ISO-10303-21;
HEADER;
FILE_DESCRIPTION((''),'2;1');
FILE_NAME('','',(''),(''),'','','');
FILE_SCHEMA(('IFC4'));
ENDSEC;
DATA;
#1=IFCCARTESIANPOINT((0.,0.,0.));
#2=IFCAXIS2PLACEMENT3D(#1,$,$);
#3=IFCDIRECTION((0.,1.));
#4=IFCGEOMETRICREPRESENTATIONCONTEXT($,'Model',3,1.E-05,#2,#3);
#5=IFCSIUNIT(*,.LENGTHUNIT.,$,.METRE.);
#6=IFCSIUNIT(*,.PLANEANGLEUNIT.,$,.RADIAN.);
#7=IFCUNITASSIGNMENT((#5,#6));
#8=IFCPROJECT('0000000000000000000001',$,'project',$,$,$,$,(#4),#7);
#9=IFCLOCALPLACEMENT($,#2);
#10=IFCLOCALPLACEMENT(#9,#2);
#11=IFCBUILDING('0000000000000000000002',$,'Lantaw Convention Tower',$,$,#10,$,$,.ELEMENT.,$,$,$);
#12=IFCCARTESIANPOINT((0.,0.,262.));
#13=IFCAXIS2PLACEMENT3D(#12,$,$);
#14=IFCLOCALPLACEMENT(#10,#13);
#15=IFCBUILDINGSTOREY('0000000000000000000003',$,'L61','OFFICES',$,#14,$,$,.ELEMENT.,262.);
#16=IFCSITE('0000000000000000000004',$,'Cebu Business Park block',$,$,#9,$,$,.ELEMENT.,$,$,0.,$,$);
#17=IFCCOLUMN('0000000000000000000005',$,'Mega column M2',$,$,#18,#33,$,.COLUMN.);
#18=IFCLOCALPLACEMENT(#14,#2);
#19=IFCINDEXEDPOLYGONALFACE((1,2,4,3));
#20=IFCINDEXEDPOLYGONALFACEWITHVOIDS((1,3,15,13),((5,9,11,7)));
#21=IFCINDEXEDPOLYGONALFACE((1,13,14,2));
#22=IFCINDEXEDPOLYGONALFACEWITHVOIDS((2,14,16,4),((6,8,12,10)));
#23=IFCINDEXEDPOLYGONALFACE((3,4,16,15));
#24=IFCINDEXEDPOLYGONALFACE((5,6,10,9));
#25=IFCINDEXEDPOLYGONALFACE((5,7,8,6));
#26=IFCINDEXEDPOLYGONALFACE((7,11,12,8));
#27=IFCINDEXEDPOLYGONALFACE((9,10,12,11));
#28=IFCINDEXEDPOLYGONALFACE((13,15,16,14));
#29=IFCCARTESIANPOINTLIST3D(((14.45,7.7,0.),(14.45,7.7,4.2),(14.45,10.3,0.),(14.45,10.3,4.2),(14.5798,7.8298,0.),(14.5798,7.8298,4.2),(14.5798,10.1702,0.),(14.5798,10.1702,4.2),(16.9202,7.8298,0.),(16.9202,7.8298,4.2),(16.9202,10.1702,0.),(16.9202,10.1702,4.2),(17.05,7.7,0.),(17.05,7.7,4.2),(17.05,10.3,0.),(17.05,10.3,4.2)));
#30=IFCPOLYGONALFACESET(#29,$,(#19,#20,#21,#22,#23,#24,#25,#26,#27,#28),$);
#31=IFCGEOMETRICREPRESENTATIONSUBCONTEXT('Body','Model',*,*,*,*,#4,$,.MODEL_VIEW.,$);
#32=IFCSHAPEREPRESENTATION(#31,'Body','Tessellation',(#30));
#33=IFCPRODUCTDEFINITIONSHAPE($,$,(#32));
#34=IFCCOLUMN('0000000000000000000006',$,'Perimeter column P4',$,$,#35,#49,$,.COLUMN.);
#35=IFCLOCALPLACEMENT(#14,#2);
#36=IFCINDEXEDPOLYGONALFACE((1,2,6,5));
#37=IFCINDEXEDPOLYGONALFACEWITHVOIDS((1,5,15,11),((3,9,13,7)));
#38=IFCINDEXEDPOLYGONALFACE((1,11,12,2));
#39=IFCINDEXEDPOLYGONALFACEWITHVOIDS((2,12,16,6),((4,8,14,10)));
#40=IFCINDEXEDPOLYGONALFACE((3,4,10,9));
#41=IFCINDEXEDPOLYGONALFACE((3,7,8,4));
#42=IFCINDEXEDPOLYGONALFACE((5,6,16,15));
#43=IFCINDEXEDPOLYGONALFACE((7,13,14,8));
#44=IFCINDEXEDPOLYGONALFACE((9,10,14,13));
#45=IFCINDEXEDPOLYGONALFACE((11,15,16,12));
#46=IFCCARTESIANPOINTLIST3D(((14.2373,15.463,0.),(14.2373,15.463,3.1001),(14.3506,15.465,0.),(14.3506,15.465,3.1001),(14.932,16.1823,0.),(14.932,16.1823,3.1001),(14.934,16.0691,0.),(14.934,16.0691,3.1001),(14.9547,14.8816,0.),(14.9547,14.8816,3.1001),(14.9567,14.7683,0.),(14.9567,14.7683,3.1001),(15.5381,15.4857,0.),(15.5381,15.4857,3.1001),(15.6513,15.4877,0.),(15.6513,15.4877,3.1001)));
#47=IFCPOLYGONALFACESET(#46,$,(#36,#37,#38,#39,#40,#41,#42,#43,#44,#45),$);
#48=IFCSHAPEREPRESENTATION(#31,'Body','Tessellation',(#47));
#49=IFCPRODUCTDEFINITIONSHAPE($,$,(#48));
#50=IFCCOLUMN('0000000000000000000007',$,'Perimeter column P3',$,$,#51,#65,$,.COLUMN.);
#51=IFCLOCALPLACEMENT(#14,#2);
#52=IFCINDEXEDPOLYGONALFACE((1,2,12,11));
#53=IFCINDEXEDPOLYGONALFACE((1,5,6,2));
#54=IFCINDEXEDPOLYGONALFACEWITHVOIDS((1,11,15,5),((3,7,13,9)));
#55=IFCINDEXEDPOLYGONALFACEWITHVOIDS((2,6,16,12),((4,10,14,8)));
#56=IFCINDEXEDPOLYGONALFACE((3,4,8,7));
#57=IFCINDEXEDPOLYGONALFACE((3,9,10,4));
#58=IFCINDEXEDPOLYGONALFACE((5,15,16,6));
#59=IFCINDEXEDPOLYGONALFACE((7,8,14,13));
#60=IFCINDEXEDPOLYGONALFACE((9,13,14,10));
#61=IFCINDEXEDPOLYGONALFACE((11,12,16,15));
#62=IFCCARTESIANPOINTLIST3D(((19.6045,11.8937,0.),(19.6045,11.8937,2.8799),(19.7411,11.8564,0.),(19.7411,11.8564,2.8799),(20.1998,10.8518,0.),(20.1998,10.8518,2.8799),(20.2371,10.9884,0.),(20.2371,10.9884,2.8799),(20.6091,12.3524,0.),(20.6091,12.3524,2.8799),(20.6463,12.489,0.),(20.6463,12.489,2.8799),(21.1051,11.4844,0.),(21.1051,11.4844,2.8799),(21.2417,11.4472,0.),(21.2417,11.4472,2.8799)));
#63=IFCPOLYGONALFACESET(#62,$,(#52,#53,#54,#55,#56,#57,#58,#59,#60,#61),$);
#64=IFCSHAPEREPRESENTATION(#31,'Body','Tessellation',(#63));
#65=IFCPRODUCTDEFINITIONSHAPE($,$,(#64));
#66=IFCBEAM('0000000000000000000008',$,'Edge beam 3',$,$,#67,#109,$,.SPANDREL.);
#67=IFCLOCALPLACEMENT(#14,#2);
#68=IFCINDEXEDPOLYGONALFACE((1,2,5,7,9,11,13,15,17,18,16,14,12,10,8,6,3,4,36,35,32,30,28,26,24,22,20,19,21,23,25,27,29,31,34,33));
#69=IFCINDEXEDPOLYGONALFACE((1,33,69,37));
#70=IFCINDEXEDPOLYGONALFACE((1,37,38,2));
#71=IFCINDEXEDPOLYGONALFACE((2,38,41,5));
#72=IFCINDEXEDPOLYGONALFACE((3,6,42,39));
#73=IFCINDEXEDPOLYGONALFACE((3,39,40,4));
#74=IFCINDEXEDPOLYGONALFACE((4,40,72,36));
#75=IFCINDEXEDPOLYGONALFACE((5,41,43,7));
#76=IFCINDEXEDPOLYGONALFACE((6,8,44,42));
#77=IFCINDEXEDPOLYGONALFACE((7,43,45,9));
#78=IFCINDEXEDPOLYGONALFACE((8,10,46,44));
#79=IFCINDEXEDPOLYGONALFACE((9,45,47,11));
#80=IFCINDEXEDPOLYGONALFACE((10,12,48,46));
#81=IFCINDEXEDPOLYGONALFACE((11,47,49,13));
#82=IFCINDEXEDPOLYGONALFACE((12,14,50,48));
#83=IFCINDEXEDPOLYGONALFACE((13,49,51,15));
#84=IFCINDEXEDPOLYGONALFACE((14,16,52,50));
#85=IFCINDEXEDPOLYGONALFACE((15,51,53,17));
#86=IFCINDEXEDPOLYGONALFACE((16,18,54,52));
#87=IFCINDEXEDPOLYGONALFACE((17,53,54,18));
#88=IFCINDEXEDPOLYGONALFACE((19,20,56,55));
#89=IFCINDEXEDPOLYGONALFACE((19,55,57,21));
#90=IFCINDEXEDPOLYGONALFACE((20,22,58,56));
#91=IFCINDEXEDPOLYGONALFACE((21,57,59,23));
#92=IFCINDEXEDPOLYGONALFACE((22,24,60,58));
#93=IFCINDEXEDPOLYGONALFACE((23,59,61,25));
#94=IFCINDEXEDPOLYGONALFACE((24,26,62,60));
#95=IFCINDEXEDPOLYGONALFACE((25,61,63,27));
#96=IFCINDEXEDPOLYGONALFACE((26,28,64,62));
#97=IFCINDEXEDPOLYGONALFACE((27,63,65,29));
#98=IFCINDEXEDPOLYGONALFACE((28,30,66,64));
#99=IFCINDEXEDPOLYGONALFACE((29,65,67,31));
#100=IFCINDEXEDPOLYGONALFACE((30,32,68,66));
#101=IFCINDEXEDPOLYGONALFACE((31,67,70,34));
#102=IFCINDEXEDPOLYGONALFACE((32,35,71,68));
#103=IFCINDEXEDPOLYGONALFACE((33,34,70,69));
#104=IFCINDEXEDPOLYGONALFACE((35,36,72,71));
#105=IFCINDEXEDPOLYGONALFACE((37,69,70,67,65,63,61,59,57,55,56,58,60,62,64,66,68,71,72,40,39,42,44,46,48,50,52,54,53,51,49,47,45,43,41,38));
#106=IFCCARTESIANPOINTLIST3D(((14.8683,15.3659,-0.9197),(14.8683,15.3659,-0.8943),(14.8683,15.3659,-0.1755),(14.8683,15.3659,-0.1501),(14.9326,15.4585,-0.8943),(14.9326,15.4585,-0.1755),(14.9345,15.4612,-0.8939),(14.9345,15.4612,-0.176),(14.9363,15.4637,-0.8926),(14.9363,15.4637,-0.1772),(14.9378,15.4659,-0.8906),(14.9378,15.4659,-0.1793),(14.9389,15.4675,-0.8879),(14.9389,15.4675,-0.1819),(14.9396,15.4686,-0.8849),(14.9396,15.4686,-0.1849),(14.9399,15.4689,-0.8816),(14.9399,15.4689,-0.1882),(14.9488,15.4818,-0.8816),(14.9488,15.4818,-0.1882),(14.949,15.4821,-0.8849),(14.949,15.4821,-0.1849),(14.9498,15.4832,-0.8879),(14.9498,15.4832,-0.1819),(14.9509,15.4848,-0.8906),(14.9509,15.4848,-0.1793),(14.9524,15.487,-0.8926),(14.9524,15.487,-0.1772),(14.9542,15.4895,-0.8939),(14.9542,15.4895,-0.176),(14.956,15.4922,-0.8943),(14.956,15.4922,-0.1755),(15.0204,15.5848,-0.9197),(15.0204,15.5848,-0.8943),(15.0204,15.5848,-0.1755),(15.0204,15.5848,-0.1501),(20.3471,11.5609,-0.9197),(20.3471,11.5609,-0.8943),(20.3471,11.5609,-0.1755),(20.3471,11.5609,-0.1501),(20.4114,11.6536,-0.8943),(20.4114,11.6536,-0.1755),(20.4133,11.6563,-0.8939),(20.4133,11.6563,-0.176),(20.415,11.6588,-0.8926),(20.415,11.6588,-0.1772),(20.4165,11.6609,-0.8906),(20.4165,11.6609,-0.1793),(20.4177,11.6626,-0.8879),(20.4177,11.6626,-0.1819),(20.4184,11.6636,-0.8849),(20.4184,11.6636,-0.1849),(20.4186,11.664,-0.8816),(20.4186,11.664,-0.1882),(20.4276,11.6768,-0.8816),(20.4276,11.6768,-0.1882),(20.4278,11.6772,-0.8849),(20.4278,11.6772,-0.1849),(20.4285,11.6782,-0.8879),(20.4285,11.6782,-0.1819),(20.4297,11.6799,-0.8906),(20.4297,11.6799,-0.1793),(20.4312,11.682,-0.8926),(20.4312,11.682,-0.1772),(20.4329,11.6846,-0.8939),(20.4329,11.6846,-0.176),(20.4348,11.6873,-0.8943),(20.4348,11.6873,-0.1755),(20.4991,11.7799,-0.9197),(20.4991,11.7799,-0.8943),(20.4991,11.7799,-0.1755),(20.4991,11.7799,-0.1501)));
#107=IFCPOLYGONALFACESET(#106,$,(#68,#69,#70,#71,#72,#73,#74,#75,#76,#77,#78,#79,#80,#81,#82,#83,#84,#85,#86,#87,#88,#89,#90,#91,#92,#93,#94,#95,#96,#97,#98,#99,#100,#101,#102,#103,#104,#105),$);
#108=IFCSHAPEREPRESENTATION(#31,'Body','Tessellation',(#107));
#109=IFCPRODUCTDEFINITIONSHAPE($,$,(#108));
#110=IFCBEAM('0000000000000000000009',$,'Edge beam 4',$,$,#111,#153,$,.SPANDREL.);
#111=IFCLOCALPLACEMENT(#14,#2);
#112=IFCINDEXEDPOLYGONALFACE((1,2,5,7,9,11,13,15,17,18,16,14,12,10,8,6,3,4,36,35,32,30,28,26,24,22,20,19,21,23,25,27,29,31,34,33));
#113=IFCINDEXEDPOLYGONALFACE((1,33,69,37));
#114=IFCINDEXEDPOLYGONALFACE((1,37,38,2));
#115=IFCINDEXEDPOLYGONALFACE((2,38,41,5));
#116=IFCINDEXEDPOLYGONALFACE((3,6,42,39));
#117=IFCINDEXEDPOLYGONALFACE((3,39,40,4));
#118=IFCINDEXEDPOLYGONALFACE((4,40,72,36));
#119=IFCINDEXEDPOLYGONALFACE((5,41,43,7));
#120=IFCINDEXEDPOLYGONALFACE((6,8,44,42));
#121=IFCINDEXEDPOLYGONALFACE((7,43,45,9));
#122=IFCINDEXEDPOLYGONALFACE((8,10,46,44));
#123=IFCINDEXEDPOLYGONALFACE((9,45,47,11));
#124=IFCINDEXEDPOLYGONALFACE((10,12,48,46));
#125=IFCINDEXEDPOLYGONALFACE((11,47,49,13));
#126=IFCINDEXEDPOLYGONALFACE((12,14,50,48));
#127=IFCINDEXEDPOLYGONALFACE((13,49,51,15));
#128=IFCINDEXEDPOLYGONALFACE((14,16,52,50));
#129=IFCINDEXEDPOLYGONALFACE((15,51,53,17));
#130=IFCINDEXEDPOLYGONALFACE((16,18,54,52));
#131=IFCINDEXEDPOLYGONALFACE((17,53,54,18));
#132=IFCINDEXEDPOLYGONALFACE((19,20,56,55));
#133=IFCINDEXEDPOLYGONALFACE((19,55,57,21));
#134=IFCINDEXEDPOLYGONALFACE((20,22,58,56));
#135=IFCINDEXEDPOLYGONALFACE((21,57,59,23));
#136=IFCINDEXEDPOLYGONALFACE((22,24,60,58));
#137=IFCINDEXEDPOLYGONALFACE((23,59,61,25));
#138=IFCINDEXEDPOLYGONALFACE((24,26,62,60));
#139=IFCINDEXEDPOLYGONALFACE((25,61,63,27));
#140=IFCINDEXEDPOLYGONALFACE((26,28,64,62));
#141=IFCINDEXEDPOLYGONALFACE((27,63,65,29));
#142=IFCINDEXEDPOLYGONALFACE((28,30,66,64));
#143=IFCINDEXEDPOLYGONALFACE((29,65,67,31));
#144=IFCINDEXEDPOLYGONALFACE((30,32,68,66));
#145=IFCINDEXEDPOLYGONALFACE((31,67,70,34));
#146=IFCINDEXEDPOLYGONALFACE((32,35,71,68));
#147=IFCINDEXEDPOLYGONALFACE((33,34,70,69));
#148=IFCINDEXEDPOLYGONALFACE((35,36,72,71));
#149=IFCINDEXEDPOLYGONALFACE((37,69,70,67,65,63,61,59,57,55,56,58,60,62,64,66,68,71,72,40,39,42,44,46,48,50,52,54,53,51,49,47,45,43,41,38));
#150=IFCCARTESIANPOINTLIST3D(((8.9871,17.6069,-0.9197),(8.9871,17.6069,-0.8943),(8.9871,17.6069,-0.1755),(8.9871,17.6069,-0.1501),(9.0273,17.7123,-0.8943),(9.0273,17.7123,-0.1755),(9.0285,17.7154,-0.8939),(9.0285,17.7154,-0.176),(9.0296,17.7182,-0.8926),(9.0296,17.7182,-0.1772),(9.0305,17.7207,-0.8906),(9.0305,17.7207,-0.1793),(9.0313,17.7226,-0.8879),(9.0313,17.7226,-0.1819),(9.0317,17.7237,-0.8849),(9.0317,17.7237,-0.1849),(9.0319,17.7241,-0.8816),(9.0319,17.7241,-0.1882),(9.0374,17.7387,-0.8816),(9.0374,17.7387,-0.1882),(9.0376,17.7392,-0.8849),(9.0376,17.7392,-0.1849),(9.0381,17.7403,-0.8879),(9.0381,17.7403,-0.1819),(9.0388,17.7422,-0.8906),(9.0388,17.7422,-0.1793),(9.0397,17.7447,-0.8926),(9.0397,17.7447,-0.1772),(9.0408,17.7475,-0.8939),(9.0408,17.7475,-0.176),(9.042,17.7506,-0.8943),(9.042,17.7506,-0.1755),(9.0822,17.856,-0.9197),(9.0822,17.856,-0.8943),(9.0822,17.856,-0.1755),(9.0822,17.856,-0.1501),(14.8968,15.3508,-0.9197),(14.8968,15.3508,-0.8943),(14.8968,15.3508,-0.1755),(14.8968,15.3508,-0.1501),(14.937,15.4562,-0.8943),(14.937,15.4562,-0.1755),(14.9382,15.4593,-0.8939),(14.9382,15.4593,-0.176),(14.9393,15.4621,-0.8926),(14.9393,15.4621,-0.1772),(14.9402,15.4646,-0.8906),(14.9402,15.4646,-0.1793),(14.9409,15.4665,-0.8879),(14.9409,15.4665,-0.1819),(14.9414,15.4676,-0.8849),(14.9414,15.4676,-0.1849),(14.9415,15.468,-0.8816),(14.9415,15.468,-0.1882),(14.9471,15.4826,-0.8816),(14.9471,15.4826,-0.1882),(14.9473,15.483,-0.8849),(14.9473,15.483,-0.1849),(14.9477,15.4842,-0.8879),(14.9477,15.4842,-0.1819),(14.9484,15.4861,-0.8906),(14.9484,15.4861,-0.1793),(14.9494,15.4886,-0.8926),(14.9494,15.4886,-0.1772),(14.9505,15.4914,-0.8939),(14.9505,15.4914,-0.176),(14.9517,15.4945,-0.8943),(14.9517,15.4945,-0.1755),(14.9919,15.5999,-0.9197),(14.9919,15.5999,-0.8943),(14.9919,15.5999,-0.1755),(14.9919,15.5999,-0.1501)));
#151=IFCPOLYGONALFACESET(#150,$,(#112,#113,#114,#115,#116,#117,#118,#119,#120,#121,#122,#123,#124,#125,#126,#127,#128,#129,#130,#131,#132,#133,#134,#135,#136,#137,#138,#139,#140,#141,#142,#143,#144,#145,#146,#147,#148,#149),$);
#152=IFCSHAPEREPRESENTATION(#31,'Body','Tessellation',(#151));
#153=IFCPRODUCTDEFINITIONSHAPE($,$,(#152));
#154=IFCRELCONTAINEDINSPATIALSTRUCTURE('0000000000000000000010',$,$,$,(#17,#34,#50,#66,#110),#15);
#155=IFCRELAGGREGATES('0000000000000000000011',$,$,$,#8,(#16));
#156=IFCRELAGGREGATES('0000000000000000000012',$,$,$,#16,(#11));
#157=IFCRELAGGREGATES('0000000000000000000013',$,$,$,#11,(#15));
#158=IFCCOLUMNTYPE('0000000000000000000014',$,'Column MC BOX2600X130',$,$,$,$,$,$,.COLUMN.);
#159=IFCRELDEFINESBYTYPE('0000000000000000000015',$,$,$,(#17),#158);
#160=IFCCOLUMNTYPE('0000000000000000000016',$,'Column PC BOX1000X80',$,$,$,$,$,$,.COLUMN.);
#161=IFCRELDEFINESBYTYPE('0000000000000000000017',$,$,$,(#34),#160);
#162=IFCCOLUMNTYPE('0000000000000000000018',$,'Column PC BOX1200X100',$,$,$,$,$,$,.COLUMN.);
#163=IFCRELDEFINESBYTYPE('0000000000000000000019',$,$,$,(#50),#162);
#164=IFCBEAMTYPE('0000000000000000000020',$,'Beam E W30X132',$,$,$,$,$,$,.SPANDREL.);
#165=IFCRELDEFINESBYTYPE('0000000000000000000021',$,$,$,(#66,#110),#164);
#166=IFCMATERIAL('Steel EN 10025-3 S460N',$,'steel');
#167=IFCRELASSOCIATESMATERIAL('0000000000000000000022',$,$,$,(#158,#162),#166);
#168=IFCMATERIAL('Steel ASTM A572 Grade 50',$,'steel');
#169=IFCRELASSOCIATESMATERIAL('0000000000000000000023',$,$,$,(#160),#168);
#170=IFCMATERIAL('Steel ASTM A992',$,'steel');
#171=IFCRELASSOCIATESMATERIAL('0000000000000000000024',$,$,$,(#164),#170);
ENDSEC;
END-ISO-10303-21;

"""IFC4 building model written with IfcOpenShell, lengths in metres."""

from ifc_helpers import new_model, si_unit, direction, frame, origin, origin_2d, place, context, subcontext, project, spatial, rectangle, hollow_rectangle, i_section, extrude, material, material_profile, profile_set, type_object, element, save


model = new_model("IFC4")

# Units and contexts
model_context = context("Model", 3, precision=1e-05, world=origin(), true_north=direction((0.0, 1.0)))
body_context = subcontext(model_context, "Body", "Model", "MODEL_VIEW")
ifc_project = project(units=[si_unit("LENGTHUNIT", "METRE"), si_unit("PLANEANGLEUNIT", "RADIAN")], contexts=[model_context])

# Site, building, storey
site_placement = place(None, origin())
site = spatial("IfcSite", under=ifc_project, at=site_placement, Name="Cebu Business Park block", CompositionType="ELEMENT", RefElevation=0.0)
building_placement = place(site_placement, origin())
building = spatial("IfcBuilding", under=site, at=building_placement, Name="Lantaw Convention Tower", CompositionType="ELEMENT")
storey_placement = place(building_placement, frame((0.0, 0.0, 262.0)))
storey = spatial("IfcBuildingStorey", under=building, at=storey_placement, Name="L61", Description="OFFICES", CompositionType="ELEMENT", Elevation=262.0)

# Columns
ifc_material_1 = material(Name="Steel EN 10025-3 S460N", Category="steel")
ifc_material_profile_1 = material_profile(ifc_material_1, hollow_rectangle(XDim=2.6001, YDim=2.6001, WallThickness=0.1299, at=origin_2d()), Name="BOX2600X130")
ifc_material_2 = material(Name="Concrete C60/75", Category="concrete")
ifc_material_profile_2 = material_profile(ifc_material_2, rectangle(XDim=2.3401, YDim=2.3401, at=origin_2d()), Name="Concrete fill of BOX2600X130")
ifc_profile_set_1 = profile_set([ifc_material_profile_1, ifc_material_profile_2], Name="Steel EN 10025-3 S460N")
column_type_1 = type_object("IfcColumnType", Name="Column MC BOX2600X130", PredefinedType="COLUMN", material=ifc_profile_set_1)
column_1_placement = place(storey_placement, frame((15.75, 9.0, 0.0), z_axis=(0.0, 0.0, 1.0), x_axis=(1.0, 0.0, 0.0)))
element("IfcColumn", 1, at=column_1_placement, inside=storey, type_object=column_type_1, Name="Mega column M2", PredefinedType="COLUMN", context=body_context, shape_type="SweptSolid", body=[
    extrude(hollow_rectangle(XDim=2.6001, YDim=2.6001, WallThickness=0.1299, at=origin_2d()), origin(), (0.0, 0.0, 1.0), 4.2),
])
ifc_material_3 = material(Name="Steel ASTM A572 Grade 50", Category="steel")
ifc_material_profile_3 = material_profile(ifc_material_3, hollow_rectangle(XDim=1.0, YDim=1.0, WallThickness=0.0801, at=origin_2d()), Name="BOX1000X80")
ifc_material_profile_4 = material_profile(ifc_material_2, rectangle(XDim=0.8401, YDim=0.8401, at=origin_2d()), Name="Concrete fill of BOX1000X80")
ifc_profile_set_2 = profile_set([ifc_material_profile_3, ifc_material_profile_4], Name="Steel ASTM A572 Grade 50")
column_type_2 = type_object("IfcColumnType", Name="Column PC BOX1000X80", PredefinedType="COLUMN", material=ifc_profile_set_2)
column_2_placement = place(storey_placement, frame((14.9443, 15.4753, 0.0), z_axis=(0.0, 0.0, 1.0), x_axis=(0.694658, 0.71934, 0.0)))
element("IfcColumn", 2, at=column_2_placement, inside=storey, type_object=column_type_2, Name="Perimeter column P4", PredefinedType="COLUMN", context=body_context, shape_type="SweptSolid", body=[
    extrude(hollow_rectangle(XDim=1.0, YDim=1.0, WallThickness=0.0801, at=origin_2d()), origin(), (0.0, 0.0, 1.0), 3.1001),
])
ifc_material_profile_5 = material_profile(ifc_material_1, hollow_rectangle(XDim=1.2, YDim=1.2, WallThickness=0.1001, at=origin_2d()), Name="BOX1200X100")
ifc_material_profile_6 = material_profile(ifc_material_2, rectangle(XDim=1.0, YDim=1.0, at=origin_2d()), Name="Concrete fill of BOX1200X100")
ifc_profile_set_3 = profile_set([ifc_material_profile_5, ifc_material_profile_6], Name="Steel EN 10025-3 S460N")
column_type_3 = type_object("IfcColumnType", Name="Column PC BOX1200X100", PredefinedType="COLUMN", material=ifc_profile_set_3)
column_3_placement = place(storey_placement, frame((20.4231, 11.6704, 0.0), z_axis=(0.0, 0.0, 1.0), x_axis=(0.868243, 0.496139, 0.0)))
element("IfcColumn", 3, at=column_3_placement, inside=storey, type_object=column_type_3, Name="Perimeter column P3", PredefinedType="COLUMN", context=body_context, shape_type="SweptSolid", body=[
    extrude(hollow_rectangle(XDim=1.2, YDim=1.2, WallThickness=0.1001, at=origin_2d()), origin(), (0.0, 0.0, 1.0), 2.8799),
])

# Beams
ifc_material_4 = material(Name="Steel ASTM A992", Category="steel")
ifc_material_profile_7 = material_profile(ifc_material_4, i_section(OverallWidth=0.2666, OverallDepth=0.7695, WebThickness=0.0156, FlangeThickness=0.0254, FilletRadius=0.0127, at=origin_2d()), Name="W30X132")
ifc_profile_set_4 = profile_set([ifc_material_profile_7], Name="Steel ASTM A992")
beam_type_1 = type_object("IfcBeamType", Name="Beam E W30X132", PredefinedType="SPANDREL", material=ifc_profile_set_4)
beam_1_placement = place(storey_placement, frame((20.4231, 11.6704, -0.5349), z_axis=(-0.821353, 0.57042, 0.0), x_axis=(-0.57042, -0.821353, 0.0)))
element("IfcBeam", 4, at=beam_1_placement, inside=storey, type_object=beam_type_1, Name="Edge beam 3", PredefinedType="SPANDREL", context=body_context, shape_type="SweptSolid", body=[
    extrude(i_section(OverallWidth=0.2666, OverallDepth=0.7695, WebThickness=0.0156, FlangeThickness=0.0254, FilletRadius=0.0127, at=origin_2d()), origin(), (0.0, 0.0, 1.0), 6.6704),
])
beam_2_placement = place(storey_placement, frame((14.9443, 15.4753, -0.5349), z_axis=(-0.934235, 0.356658, 0.0), x_axis=(-0.356658, -0.934235, 0.0)))
element("IfcBeam", 5, at=beam_2_placement, inside=storey, type_object=beam_type_1, Name="Edge beam 4", PredefinedType="SPANDREL", context=body_context, shape_type="SweptSolid", body=[
    extrude(i_section(OverallWidth=0.2666, OverallDepth=0.7695, WebThickness=0.0156, FlangeThickness=0.0254, FilletRadius=0.0127, at=origin_2d()), origin(), (0.0, 0.0, 1.0), 6.3257),
])

save(model, "model.ifc")
